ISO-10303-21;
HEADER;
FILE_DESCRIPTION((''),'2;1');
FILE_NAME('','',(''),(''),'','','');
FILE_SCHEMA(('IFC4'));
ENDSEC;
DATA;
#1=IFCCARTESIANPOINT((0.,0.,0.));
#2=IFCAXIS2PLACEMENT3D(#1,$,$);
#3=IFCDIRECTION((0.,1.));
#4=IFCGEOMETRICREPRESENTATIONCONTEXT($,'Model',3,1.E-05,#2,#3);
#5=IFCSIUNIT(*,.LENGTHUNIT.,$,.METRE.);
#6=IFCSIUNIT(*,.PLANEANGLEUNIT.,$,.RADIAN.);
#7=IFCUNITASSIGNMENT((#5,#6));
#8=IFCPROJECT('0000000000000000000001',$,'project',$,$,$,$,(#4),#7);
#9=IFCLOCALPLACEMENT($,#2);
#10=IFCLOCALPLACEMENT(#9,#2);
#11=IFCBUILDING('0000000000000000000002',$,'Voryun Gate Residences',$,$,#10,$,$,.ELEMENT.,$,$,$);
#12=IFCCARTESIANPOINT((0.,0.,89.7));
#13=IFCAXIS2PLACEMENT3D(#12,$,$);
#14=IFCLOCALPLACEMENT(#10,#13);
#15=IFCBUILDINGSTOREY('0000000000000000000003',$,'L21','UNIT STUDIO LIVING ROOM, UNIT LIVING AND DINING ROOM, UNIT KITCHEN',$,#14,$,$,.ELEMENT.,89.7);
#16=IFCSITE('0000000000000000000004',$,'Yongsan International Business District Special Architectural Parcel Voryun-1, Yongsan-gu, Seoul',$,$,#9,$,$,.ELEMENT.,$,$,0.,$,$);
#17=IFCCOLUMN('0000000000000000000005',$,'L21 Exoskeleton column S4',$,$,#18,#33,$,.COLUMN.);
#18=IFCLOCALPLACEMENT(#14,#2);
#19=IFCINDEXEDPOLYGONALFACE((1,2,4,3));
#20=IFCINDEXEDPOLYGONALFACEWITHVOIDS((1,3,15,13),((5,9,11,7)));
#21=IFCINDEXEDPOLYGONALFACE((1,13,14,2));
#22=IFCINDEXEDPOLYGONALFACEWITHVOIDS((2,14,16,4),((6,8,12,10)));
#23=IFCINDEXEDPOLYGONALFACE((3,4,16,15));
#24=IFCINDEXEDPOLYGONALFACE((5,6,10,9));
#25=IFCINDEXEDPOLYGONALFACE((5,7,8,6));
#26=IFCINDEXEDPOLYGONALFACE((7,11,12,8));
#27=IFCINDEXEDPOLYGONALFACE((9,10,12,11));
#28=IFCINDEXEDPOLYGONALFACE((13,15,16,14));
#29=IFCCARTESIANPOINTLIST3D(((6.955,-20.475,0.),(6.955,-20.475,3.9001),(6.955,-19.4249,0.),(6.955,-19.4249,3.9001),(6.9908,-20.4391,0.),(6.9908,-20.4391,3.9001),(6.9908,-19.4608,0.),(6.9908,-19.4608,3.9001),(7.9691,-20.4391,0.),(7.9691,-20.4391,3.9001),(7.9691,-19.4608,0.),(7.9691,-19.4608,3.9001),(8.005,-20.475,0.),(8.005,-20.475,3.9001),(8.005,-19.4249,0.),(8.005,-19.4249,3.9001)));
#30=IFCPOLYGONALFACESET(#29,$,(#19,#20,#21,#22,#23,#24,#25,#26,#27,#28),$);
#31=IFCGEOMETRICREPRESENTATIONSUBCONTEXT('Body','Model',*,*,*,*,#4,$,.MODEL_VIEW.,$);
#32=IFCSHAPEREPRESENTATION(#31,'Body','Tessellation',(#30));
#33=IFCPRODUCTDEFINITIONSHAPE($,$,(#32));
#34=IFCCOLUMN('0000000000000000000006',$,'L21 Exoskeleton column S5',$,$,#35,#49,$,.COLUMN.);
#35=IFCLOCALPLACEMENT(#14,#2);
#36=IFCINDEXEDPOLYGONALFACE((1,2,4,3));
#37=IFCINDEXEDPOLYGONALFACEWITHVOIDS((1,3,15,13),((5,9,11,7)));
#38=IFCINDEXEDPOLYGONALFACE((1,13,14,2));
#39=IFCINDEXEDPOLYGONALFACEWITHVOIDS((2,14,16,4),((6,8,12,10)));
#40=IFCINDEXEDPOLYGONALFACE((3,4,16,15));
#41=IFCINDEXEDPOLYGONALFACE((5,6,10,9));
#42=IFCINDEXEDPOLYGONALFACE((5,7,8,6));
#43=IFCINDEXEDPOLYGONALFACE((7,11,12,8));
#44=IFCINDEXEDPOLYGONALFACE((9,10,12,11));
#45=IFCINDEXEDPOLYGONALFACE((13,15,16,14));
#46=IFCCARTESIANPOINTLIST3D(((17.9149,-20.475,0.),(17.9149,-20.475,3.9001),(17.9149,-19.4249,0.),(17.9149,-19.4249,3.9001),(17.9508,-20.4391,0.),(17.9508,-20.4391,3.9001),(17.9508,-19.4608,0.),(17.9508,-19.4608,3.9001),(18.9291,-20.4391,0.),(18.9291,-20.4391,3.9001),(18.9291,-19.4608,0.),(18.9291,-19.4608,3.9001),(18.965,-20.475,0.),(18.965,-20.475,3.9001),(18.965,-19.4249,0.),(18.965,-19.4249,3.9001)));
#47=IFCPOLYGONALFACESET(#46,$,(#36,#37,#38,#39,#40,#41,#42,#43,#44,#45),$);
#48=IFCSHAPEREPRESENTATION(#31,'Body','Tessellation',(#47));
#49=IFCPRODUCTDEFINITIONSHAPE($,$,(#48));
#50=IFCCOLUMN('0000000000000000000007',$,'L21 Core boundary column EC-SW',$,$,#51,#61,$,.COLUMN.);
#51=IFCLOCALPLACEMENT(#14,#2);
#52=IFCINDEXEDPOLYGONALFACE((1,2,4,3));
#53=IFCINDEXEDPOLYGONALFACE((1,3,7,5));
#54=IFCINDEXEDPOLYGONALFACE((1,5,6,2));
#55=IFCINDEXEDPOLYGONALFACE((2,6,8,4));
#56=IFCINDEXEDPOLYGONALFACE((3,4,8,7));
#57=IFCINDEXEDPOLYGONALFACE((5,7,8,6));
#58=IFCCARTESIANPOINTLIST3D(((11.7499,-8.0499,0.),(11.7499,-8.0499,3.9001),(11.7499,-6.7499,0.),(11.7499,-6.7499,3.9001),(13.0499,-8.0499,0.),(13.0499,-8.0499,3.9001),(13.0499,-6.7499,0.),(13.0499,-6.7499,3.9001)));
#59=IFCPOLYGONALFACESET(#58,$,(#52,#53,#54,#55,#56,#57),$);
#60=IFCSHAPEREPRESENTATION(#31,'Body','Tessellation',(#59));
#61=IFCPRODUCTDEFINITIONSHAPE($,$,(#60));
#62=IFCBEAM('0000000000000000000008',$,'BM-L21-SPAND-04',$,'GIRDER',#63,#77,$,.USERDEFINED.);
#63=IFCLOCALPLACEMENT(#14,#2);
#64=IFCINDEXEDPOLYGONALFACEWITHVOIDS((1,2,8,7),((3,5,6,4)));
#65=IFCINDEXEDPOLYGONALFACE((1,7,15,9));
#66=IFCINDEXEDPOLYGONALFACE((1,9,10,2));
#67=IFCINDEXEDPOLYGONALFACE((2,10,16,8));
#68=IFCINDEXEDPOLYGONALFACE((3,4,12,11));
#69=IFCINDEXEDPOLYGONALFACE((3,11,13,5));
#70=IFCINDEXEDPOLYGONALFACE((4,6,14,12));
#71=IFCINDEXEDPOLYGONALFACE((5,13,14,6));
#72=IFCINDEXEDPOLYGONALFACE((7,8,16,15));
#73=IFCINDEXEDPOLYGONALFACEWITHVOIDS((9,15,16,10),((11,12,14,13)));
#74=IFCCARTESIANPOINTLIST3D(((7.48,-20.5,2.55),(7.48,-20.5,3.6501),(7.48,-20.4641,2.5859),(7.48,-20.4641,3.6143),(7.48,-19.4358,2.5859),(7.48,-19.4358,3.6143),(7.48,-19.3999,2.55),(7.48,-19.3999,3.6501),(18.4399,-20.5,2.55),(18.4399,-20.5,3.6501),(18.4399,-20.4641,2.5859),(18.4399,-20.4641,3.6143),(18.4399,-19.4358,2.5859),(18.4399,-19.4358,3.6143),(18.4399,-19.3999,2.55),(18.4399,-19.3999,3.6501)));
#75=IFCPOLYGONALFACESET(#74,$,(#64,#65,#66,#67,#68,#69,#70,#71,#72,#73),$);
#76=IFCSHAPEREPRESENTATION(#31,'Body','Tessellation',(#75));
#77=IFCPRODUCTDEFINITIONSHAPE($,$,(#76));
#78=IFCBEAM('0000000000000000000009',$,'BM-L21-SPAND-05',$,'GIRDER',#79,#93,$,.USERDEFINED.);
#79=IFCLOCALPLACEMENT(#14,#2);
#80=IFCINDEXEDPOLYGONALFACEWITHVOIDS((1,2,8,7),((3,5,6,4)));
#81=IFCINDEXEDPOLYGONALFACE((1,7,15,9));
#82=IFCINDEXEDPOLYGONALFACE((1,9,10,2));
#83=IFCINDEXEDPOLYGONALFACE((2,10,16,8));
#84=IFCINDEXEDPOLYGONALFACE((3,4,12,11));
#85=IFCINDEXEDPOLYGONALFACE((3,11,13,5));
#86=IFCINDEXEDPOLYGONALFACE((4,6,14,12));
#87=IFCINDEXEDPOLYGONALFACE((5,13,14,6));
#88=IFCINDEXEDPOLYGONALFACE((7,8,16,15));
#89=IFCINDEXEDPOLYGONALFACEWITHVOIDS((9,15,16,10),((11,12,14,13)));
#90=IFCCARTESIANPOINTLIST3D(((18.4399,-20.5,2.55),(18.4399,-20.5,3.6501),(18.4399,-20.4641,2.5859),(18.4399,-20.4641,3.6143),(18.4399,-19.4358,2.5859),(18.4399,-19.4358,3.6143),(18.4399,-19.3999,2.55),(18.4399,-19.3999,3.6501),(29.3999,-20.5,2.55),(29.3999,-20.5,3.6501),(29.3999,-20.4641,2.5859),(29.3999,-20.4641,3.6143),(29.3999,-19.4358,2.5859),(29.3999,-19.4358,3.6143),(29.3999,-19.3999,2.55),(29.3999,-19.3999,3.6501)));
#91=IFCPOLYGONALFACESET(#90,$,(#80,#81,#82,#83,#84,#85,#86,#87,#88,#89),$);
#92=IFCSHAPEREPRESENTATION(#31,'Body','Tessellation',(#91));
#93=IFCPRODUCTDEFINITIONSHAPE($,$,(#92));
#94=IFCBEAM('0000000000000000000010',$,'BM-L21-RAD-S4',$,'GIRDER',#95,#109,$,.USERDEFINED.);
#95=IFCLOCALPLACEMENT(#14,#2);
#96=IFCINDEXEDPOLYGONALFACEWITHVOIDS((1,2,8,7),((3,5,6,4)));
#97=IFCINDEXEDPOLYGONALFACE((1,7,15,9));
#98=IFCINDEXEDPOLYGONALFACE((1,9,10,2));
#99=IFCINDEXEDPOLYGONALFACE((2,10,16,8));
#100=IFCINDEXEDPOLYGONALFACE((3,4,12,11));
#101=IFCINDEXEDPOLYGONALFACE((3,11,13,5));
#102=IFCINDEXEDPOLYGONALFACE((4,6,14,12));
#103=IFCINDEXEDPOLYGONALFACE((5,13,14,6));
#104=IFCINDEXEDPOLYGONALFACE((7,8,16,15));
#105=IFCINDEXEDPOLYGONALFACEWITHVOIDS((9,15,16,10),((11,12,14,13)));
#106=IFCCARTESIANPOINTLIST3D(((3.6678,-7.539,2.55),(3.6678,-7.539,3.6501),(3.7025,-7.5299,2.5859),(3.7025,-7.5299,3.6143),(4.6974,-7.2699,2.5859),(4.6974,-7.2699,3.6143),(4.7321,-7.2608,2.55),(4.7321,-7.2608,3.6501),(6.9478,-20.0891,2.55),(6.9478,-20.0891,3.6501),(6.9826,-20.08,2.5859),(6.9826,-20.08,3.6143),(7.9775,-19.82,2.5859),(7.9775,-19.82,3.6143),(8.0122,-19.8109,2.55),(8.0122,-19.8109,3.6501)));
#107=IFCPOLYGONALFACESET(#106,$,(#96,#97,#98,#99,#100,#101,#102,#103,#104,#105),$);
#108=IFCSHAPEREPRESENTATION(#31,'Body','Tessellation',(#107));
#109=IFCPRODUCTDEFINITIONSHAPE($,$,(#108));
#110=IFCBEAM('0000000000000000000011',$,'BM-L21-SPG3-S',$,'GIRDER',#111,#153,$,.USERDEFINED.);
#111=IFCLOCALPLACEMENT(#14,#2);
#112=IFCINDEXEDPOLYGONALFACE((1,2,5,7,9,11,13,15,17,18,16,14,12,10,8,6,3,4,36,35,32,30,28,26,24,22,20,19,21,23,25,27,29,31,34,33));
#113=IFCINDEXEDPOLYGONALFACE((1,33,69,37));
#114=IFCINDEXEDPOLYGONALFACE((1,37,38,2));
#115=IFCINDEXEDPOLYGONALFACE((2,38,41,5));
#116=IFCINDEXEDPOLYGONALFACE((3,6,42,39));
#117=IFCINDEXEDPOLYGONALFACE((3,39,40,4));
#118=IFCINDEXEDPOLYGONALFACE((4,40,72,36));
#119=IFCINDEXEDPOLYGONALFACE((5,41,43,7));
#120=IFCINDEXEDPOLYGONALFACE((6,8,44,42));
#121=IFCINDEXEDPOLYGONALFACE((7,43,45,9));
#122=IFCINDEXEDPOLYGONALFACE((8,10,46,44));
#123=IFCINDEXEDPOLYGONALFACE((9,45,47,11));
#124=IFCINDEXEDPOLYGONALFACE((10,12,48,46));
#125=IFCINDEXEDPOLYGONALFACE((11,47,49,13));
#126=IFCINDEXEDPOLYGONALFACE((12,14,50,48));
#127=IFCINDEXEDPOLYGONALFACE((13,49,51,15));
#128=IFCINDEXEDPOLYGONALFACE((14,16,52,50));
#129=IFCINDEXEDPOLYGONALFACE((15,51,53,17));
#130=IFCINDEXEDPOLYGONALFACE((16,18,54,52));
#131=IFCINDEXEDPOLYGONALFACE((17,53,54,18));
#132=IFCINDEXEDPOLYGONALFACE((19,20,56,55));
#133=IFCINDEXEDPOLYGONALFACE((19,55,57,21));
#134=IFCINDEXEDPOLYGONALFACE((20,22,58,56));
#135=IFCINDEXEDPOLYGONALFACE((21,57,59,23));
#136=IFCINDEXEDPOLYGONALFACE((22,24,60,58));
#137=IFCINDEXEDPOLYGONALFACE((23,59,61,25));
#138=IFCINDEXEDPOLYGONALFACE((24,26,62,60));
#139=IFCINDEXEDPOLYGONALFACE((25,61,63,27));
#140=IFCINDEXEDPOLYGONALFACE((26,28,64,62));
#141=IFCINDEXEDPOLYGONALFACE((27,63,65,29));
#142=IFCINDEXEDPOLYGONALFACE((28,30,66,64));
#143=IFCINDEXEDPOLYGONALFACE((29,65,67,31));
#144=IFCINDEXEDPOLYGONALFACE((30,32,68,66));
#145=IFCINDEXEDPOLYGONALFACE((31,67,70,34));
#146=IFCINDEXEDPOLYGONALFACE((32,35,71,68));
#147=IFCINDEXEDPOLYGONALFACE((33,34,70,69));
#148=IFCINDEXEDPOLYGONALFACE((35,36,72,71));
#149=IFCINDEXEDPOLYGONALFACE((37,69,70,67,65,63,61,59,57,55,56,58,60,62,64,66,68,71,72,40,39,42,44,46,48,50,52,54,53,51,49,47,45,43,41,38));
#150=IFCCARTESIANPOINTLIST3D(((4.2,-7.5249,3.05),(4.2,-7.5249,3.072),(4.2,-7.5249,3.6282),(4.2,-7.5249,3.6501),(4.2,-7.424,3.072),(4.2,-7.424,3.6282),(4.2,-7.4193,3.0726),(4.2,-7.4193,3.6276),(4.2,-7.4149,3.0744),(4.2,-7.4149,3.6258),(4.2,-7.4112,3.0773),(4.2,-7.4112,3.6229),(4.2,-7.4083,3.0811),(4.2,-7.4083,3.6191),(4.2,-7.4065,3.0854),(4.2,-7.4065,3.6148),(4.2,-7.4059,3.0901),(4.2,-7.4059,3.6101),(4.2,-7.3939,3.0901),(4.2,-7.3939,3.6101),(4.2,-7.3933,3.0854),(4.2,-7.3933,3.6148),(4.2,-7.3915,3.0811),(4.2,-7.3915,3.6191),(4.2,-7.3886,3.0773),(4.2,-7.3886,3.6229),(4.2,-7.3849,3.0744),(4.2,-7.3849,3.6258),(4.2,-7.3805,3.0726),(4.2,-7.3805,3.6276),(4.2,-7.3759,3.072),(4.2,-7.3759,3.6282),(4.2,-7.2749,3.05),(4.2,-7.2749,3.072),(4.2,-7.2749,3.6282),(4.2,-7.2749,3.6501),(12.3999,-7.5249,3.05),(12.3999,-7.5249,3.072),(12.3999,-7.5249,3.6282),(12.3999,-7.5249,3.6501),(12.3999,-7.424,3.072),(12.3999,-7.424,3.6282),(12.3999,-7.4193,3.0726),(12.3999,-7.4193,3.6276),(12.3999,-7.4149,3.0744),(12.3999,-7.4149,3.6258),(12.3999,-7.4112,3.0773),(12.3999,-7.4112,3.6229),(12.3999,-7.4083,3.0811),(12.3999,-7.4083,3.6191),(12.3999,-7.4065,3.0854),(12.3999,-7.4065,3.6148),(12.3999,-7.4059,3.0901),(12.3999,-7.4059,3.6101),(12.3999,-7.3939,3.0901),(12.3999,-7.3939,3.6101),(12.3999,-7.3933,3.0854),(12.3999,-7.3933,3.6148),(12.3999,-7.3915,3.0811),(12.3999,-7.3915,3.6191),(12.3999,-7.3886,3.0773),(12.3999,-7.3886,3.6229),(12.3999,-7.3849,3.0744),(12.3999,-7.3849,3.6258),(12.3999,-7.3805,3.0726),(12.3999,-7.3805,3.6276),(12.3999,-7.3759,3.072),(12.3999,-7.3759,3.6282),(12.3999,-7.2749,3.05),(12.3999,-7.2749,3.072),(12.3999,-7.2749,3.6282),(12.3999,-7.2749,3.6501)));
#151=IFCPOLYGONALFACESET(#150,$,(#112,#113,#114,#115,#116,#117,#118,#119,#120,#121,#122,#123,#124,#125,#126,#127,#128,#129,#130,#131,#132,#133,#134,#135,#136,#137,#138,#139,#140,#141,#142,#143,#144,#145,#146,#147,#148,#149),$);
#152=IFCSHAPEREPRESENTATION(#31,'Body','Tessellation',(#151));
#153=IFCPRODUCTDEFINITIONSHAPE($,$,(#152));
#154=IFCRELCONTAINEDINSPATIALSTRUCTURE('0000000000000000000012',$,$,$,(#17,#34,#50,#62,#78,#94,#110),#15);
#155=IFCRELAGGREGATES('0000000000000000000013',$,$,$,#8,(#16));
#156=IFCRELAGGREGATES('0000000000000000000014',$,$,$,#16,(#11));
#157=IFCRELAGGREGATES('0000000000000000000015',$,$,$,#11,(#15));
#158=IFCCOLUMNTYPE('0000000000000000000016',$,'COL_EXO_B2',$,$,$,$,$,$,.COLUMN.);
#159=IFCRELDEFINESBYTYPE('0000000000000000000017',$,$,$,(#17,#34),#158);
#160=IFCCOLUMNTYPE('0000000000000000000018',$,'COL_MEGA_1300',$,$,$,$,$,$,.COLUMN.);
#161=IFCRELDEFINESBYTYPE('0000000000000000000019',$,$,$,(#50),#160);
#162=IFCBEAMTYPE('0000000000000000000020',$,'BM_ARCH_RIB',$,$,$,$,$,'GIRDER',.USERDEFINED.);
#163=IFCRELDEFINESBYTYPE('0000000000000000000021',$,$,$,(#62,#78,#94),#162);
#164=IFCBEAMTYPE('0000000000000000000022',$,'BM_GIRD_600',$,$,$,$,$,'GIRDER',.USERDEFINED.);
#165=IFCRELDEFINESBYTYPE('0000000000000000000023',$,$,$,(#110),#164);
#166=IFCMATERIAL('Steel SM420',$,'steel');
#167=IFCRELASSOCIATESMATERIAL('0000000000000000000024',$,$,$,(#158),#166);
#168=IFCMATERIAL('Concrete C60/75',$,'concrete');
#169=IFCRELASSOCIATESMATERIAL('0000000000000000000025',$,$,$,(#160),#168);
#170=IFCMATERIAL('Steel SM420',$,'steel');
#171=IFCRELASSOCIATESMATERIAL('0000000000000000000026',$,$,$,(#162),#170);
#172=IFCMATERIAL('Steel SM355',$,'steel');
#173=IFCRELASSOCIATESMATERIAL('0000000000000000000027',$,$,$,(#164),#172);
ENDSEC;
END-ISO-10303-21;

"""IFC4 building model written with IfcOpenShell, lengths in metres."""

from ifc_helpers import new_model, si_unit, direction, frame, origin, origin_2d, place, context, subcontext, project, spatial, rectangle, hollow_rectangle, i_section, extrude, material, material_profile, profile_set, type_object, element, save


model = new_model("IFC4")

# Units and contexts
model_context = context("Model", 3, precision=1e-05, world=origin(), true_north=direction((0.0, 1.0)))
body_context = subcontext(model_context, "Body", "Model", "MODEL_VIEW")
ifc_project = project(units=[si_unit("LENGTHUNIT", "METRE"), si_unit("PLANEANGLEUNIT", "RADIAN")], contexts=[model_context])

# Site, building, storey
site_placement = place(None, origin())
site = spatial("IfcSite", under=ifc_project, at=site_placement, Name="Yongsan International Business District Special Architectural Parcel Voryun-1, Yongsan-gu, Seoul", CompositionType="ELEMENT", RefElevation=0.0)
building_placement = place(site_placement, origin())
building = spatial("IfcBuilding", under=site, at=building_placement, Name="Voryun Gate Residences", CompositionType="ELEMENT")
storey_placement = place(building_placement, frame((0.0, 0.0, 89.7)))
storey = spatial("IfcBuildingStorey", under=building, at=storey_placement, Name="L21", Description="UNIT STUDIO LIVING ROOM, UNIT LIVING AND DINING ROOM, UNIT KITCHEN", CompositionType="ELEMENT", Elevation=89.7)

# Columns
ifc_material_1 = material(Name="Steel SM420", Category="steel")
ifc_material_profile_1 = material_profile(ifc_material_1, hollow_rectangle(XDim=1.05, YDim=1.05, WallThickness=0.0359, at=origin_2d()), Name="BOX-1050x1050x36")
ifc_profile_set_1 = profile_set([ifc_material_profile_1], Name="Steel SM420")
column_type_1 = type_object("IfcColumnType", Name="COL_EXO_B2", PredefinedType="COLUMN", material=ifc_profile_set_1)
for number, where, z_axis, x_axis, name in (
    (1, (7.48, -19.95, 0.0), (0.0, 0.0, 1.0), (1.0, 0.0, 0.0), "L21 Exoskeleton column S4"),
    (2, (18.4399, -19.95, 0.0), (0.0, 0.0, 1.0), (1.0, 0.0, 0.0), "L21 Exoskeleton column S5"),
):
    element("IfcColumn", number, at=place(storey_placement, frame(where, z_axis=z_axis, x_axis=x_axis)), inside=storey, type_object=column_type_1, Name=name, PredefinedType="COLUMN", context=body_context, shape_type="SweptSolid", body=[
        extrude(hollow_rectangle(XDim=1.05, YDim=1.05, WallThickness=0.0359, at=origin_2d()), origin(), (0.0, 0.0, 1.0), 3.9001),
    ])
ifc_material_2 = material(Name="Concrete C60/75", Category="concrete")
ifc_material_profile_2 = material_profile(ifc_material_2, rectangle(XDim=1.3, YDim=1.3, at=origin_2d()), Name="RC-1300x1300")
ifc_profile_set_2 = profile_set([ifc_material_profile_2], Name="Concrete C60/75")
column_type_2 = type_object("IfcColumnType", Name="COL_MEGA_1300", PredefinedType="COLUMN", material=ifc_profile_set_2)
column_placement = place(storey_placement, frame((12.3999, -7.3999, 0.0), z_axis=(0.0, 0.0, 1.0), x_axis=(1.0, 0.0, 0.0)))
element("IfcColumn", 3, at=column_placement, inside=storey, type_object=column_type_2, Name="L21 Core boundary column EC-SW", PredefinedType="COLUMN", context=body_context, shape_type="SweptSolid", body=[
    extrude(rectangle(XDim=1.3, YDim=1.3, at=origin_2d()), origin(), (0.0, 0.0, 1.0), 3.9001),
])

# Beams
ifc_material_3 = material(Name="Steel SM420", Category="steel")
ifc_material_profile_3 = material_profile(ifc_material_3, hollow_rectangle(XDim=1.1001, YDim=1.1001, WallThickness=0.0359, at=origin_2d()), Name="BOX-1100x1100x36")
ifc_profile_set_3 = profile_set([ifc_material_profile_3], Name="Steel SM420")
beam_type_1 = type_object("IfcBeamType", Name="BM_ARCH_RIB", ElementType="GIRDER", PredefinedType="USERDEFINED", material=ifc_profile_set_3)
for number, where, z_axis, x_axis, name in (
    (4, (7.48, -19.95, 3.1001), (1.0, 0.0, 0.0), (0.0, 1.0, 0.0), "BM-L21-SPAND-04"),
    (5, (18.4399, -19.95, 3.1001), (1.0, 0.0, 0.0), (0.0, 1.0, 0.0), "BM-L21-SPAND-05"),
):
    element("IfcBeam", number, at=place(storey_placement, frame(where, z_axis=z_axis, x_axis=x_axis)), inside=storey, type_object=beam_type_1, Name=name, ObjectType="GIRDER", PredefinedType="USERDEFINED", context=body_context, shape_type="SweptSolid", body=[
        extrude(hollow_rectangle(XDim=1.1001, YDim=1.1001, WallThickness=0.0359, at=origin_2d()), origin(), (0.0, 0.0, 1.0), 10.96),
    ])
beam_1_placement = place(storey_placement, frame((4.2, -7.3999, 3.1001), z_axis=(0.252862, -0.967502, 0.0), x_axis=(0.967502, 0.252862, 0.0)))
element("IfcBeam", 6, at=beam_1_placement, inside=storey, type_object=beam_type_1, Name="BM-L21-RAD-S4", ObjectType="GIRDER", PredefinedType="USERDEFINED", context=body_context, shape_type="SweptSolid", body=[
    extrude(hollow_rectangle(XDim=1.1001, YDim=1.1001, WallThickness=0.0359, at=origin_2d()), origin(), (0.0, 0.0, 1.0), 12.9717),
])
ifc_material_4 = material(Name="Steel SM355", Category="steel")
ifc_material_profile_4 = material_profile(ifc_material_4, i_section(OverallWidth=0.25, OverallDepth=0.6001, WebThickness=0.012, FlangeThickness=0.022, FilletRadius=0.0181, at=origin_2d()), Name="H-600x250x12x22")
ifc_profile_set_4 = profile_set([ifc_material_profile_4], Name="Steel SM355")
beam_type_2 = type_object("IfcBeamType", Name="BM_GIRD_600", ElementType="GIRDER", PredefinedType="USERDEFINED", material=ifc_profile_set_4)
beam_2_placement = place(storey_placement, frame((4.2, -7.3999, 3.3501), z_axis=(1.0, 0.0, 0.0), x_axis=(0.0, 1.0, 0.0)))
element("IfcBeam", 7, at=beam_2_placement, inside=storey, type_object=beam_type_2, Name="BM-L21-SPG3-S", ObjectType="GIRDER", PredefinedType="USERDEFINED", context=body_context, shape_type="SweptSolid", body=[
    extrude(i_section(OverallWidth=0.25, OverallDepth=0.6001, WebThickness=0.012, FlangeThickness=0.022, FilletRadius=0.0181, at=origin_2d()), origin(), (0.0, 0.0, 1.0), 8.2),
])

save(model, "model.ifc")
